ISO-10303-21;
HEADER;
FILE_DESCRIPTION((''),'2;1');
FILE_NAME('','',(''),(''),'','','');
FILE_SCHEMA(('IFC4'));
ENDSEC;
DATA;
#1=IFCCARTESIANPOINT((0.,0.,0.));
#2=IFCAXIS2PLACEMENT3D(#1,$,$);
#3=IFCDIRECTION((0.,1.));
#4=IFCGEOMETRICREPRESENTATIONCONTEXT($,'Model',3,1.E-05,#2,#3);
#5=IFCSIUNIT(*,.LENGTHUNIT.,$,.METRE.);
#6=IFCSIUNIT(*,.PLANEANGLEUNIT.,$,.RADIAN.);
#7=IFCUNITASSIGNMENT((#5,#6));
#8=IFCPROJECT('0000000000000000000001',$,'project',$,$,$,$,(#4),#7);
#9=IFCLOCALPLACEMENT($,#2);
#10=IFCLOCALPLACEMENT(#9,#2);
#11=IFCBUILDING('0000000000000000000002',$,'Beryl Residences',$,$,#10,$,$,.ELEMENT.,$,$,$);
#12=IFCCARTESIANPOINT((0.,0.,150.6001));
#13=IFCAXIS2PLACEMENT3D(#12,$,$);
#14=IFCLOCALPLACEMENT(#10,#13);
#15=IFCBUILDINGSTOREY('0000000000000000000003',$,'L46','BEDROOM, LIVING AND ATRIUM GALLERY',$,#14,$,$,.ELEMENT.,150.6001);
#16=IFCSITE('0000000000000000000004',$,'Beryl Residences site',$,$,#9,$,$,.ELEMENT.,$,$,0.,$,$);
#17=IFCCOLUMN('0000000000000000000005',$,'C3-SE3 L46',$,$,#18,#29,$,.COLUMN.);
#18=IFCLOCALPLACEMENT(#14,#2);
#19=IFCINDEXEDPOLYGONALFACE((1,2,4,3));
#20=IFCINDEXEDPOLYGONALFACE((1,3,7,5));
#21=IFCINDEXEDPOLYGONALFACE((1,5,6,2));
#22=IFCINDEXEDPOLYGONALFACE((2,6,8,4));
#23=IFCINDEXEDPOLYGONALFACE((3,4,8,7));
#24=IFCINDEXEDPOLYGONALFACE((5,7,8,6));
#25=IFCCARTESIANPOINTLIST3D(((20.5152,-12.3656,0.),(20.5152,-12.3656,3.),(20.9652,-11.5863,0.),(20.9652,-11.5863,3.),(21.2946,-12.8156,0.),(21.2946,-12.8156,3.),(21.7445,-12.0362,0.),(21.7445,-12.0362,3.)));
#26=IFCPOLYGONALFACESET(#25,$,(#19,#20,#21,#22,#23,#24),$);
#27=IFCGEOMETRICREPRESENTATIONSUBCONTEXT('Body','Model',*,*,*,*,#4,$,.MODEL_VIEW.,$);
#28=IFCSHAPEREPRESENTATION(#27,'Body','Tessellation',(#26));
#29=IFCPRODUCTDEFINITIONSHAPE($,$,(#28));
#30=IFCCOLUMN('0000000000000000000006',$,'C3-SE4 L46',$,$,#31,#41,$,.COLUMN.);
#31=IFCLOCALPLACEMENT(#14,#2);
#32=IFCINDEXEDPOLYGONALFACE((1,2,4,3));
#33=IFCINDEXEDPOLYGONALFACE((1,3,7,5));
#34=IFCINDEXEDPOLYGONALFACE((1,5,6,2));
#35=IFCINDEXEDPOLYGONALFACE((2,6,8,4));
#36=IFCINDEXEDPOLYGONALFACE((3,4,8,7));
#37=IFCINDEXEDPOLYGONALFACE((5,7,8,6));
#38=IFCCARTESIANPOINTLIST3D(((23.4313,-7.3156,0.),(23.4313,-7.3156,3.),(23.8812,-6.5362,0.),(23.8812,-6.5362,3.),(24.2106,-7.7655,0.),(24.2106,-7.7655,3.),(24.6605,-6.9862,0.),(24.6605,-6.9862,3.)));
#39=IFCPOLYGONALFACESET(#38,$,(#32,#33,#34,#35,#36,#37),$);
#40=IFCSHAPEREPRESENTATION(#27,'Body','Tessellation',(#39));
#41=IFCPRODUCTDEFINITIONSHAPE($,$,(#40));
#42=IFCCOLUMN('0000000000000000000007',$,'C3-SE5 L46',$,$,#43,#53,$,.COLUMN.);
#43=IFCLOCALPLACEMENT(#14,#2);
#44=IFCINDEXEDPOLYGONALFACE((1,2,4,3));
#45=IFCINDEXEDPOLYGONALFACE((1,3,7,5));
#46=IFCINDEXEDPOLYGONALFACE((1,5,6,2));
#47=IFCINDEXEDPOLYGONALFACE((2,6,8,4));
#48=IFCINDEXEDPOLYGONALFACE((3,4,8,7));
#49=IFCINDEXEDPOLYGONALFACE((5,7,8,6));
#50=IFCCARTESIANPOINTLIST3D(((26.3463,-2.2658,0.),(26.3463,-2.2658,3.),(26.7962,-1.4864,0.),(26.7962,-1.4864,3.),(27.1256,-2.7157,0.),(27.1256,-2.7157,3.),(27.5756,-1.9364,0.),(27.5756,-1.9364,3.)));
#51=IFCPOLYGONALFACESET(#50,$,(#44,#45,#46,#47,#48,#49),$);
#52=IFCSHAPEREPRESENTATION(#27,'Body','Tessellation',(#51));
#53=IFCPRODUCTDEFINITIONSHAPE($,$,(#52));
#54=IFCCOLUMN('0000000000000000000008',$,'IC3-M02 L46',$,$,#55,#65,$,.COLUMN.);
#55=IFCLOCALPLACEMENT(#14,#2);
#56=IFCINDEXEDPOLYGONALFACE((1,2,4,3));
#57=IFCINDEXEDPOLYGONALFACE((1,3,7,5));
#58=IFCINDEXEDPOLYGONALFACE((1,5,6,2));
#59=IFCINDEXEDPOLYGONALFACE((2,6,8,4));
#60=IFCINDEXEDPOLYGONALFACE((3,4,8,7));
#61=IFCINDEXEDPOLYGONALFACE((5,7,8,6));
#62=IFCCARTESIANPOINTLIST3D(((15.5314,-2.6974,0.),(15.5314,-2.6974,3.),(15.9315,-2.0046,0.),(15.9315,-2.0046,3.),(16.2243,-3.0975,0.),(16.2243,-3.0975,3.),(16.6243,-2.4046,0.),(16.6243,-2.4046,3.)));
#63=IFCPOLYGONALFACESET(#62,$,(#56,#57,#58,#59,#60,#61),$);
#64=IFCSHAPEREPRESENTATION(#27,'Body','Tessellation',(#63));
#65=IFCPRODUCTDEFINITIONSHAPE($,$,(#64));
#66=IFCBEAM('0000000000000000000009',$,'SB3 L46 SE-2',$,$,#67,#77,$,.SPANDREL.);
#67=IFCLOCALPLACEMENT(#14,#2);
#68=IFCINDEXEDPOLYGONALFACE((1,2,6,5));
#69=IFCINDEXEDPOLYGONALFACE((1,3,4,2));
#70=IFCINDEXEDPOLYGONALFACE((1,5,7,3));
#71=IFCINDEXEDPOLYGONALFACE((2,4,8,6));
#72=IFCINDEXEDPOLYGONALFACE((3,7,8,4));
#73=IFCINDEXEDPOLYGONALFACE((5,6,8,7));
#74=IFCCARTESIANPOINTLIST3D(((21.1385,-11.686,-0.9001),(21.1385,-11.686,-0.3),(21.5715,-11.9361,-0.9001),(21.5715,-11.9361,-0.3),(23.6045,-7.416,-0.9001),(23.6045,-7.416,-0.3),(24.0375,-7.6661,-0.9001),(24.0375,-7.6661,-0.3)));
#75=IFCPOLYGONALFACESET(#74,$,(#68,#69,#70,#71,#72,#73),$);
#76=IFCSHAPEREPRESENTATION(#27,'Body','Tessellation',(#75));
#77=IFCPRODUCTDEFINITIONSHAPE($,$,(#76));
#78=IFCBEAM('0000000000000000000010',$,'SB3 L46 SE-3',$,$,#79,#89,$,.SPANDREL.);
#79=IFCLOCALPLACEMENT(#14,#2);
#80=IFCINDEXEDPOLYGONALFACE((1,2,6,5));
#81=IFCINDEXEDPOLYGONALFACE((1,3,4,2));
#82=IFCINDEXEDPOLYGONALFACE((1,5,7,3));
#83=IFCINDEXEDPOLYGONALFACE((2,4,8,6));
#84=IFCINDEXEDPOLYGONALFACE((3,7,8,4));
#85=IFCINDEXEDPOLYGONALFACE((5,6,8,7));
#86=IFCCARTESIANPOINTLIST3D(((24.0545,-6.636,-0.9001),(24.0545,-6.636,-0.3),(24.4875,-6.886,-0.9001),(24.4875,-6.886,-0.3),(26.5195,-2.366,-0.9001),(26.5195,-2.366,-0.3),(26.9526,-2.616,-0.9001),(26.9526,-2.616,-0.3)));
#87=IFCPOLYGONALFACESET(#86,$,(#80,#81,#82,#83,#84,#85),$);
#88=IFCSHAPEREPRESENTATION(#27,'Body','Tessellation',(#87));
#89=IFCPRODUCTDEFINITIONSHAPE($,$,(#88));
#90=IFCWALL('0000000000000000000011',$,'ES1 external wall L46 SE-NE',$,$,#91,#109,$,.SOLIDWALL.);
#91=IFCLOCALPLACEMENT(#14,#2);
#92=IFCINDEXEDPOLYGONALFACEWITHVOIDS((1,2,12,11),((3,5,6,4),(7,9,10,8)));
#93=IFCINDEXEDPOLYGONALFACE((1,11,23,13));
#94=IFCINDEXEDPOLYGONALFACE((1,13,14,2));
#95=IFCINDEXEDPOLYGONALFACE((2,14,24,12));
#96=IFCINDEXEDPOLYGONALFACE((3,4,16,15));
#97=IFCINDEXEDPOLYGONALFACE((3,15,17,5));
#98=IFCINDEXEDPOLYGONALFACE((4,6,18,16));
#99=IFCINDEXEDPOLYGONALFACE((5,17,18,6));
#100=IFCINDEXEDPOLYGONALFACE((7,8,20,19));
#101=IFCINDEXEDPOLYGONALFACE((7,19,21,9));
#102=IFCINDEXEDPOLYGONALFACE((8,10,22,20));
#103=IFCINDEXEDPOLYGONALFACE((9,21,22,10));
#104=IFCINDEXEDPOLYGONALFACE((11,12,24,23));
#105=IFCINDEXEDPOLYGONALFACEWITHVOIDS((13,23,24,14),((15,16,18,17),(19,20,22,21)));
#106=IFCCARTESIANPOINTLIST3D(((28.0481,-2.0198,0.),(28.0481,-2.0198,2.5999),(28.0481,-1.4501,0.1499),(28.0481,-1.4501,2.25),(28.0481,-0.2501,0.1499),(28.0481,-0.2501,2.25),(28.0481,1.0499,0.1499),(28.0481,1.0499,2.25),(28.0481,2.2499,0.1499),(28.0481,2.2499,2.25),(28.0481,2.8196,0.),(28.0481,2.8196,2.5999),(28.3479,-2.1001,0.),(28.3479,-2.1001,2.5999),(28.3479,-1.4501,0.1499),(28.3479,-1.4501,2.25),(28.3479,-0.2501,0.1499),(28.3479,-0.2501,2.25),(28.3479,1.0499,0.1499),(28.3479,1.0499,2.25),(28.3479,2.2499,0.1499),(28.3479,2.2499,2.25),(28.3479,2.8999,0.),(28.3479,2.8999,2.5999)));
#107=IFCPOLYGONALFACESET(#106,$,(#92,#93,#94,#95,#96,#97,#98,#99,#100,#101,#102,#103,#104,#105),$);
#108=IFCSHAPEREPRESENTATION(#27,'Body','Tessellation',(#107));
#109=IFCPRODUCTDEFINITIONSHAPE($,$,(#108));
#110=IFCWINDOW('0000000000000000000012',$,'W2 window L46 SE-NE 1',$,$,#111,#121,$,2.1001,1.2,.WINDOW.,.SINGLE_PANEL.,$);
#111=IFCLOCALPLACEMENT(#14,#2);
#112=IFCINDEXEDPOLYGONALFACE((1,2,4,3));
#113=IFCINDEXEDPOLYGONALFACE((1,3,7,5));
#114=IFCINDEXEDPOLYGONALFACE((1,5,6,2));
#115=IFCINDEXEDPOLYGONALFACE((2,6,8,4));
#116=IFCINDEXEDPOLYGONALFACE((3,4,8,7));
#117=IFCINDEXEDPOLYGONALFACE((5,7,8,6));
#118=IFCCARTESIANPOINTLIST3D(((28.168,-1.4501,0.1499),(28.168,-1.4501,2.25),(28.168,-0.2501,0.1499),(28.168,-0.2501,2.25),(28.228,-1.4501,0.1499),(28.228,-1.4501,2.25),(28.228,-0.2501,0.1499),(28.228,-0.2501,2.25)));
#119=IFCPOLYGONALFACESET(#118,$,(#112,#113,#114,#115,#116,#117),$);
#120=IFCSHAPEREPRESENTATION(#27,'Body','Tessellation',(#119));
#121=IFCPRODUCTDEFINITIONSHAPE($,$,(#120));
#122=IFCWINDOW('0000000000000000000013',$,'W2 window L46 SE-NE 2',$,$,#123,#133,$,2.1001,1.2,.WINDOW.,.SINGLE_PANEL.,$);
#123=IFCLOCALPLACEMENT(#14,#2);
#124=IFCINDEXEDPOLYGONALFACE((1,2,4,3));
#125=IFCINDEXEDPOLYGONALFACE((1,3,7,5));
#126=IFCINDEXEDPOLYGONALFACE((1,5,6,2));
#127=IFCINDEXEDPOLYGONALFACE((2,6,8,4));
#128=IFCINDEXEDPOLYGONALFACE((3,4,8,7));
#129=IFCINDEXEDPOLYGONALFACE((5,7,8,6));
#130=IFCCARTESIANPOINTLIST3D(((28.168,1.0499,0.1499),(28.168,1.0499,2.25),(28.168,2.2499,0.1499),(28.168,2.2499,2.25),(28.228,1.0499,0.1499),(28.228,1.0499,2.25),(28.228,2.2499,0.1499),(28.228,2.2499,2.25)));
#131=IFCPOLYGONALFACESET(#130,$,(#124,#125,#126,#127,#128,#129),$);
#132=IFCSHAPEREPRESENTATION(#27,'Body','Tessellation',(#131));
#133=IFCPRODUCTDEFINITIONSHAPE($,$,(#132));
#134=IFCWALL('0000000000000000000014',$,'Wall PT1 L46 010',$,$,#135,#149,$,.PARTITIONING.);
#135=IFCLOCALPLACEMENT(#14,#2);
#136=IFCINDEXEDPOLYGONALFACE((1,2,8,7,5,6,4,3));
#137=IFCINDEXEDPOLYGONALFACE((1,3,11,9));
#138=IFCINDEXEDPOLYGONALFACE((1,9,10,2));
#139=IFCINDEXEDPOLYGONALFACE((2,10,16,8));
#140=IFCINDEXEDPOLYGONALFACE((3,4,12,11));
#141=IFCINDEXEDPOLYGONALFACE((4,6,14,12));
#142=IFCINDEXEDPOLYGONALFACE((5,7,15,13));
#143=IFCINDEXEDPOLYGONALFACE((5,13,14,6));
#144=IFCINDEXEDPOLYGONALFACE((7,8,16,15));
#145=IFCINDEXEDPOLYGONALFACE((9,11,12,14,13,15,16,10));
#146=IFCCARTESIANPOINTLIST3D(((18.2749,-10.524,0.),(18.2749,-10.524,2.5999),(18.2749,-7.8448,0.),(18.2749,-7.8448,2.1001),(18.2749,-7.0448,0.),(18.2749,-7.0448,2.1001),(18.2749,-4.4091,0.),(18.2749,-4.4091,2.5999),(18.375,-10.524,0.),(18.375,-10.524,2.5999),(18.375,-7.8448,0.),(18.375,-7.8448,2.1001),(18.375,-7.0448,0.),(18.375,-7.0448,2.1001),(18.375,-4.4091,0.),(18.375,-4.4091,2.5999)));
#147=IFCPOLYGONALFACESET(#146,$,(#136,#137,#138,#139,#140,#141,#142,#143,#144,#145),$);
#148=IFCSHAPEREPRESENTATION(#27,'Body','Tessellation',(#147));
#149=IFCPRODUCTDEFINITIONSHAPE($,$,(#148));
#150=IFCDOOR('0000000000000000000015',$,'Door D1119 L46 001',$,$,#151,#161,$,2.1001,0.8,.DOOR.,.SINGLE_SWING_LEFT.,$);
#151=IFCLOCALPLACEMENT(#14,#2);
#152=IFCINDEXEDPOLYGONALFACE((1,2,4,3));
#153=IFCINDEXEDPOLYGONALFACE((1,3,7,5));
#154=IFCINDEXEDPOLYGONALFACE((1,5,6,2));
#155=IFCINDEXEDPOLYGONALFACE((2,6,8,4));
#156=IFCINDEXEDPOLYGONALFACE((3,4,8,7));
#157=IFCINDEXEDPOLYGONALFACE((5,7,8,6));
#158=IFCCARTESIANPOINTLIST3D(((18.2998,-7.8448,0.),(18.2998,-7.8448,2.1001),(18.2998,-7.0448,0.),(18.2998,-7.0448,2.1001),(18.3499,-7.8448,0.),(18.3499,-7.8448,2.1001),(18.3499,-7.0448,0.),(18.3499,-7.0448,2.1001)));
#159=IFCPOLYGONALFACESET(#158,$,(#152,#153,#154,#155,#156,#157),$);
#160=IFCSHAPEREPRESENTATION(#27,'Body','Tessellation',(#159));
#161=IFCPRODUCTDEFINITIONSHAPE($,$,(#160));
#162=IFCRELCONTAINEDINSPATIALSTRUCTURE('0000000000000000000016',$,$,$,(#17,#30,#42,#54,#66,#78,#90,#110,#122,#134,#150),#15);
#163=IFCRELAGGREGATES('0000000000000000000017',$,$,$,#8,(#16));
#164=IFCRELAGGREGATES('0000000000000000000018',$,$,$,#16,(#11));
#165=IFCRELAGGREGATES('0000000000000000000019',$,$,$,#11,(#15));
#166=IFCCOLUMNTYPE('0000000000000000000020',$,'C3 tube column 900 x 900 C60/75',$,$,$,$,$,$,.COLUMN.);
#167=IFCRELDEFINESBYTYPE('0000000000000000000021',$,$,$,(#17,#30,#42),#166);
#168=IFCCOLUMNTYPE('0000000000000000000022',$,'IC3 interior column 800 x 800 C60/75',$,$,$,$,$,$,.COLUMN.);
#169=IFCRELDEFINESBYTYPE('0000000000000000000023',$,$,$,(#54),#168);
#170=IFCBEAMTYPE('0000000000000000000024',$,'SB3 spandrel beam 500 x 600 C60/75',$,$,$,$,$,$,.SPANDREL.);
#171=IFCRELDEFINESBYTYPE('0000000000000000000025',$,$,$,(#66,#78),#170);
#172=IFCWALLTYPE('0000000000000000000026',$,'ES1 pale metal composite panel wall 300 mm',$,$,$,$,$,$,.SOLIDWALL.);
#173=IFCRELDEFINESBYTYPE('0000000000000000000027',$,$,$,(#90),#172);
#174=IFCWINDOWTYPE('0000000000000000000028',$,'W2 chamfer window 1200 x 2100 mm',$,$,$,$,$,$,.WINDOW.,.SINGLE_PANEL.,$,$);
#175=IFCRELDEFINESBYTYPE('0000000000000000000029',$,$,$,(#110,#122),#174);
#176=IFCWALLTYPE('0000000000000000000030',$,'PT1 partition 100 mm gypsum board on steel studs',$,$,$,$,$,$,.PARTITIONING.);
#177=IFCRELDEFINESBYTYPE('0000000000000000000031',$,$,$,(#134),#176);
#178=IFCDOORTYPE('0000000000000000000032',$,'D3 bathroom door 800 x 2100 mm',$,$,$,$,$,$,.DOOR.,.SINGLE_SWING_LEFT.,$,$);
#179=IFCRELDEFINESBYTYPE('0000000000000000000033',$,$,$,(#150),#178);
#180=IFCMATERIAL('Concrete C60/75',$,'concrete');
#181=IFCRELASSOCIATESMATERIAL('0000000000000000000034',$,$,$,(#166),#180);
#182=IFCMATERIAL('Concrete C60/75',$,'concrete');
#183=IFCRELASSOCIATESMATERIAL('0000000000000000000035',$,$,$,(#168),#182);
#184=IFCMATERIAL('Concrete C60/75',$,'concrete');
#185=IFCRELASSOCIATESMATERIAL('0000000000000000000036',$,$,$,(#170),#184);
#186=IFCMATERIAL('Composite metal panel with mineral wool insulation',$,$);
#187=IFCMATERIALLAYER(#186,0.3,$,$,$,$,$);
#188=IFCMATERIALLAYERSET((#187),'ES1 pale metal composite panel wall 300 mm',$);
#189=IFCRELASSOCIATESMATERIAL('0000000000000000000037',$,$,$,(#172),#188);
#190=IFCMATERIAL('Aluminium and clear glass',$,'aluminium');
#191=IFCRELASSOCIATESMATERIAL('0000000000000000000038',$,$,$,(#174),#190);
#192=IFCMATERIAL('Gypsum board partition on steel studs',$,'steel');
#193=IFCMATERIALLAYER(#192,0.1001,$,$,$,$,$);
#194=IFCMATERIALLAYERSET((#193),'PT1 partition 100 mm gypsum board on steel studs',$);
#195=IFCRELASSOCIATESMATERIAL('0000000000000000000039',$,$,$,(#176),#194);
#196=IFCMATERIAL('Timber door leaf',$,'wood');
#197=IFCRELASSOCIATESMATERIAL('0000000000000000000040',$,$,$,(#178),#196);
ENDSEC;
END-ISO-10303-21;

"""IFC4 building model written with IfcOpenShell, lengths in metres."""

from ifc_helpers import new_model, si_unit, direction, frame, frame_2d, origin, origin_2d, place, context, subcontext, project, spatial, polyline, rectangle, outline, extrude, material, layer, layer_set, material_profile, profile_set, type_object, element, fill, save


model = new_model("IFC4")

# Units and contexts
model_context = context("Model", 3, precision=1e-05, world=origin(), true_north=direction((0.0, 1.0)))
body_context = subcontext(model_context, "Body", "Model", "MODEL_VIEW")
ifc_project = project(units=[si_unit("LENGTHUNIT", "METRE"), si_unit("PLANEANGLEUNIT", "RADIAN")], contexts=[model_context])

# Site, building, storey
site_placement = place(None, origin())
site = spatial("IfcSite", under=ifc_project, at=site_placement, Name="Beryl Residences site", CompositionType="ELEMENT", RefElevation=0.0)
building_placement = place(site_placement, origin())
building = spatial("IfcBuilding", under=site, at=building_placement, Name="Beryl Residences", CompositionType="ELEMENT")
storey_placement = place(building_placement, frame((0.0, 0.0, 150.6001)))
storey = spatial("IfcBuildingStorey", under=building, at=storey_placement, Name="L46", Description="BEDROOM, LIVING AND ATRIUM GALLERY", CompositionType="ELEMENT", Elevation=150.6001)

# Columns
ifc_material_1 = material(Name="Concrete C60/75", Category="concrete")
ifc_material_profile_1 = material_profile(ifc_material_1, rectangle(XDim=0.8999, YDim=0.8999, at=origin_2d()))
ifc_profile_set_1 = profile_set([ifc_material_profile_1], Name="Concrete C60/75")
column_type_1 = type_object("IfcColumnType", Name="C3 tube column 900 x 900 C60/75", PredefinedType="COLUMN", material=ifc_profile_set_1)
for number, where, z_axis, x_axis, name in (
    (1, (21.1299, -12.2009, 0.0), (0.0, 0.0, 1.0), (0.5, 0.866025, 0.0), "C3-SE3 L46"),
    (2, (24.0459, -7.1509, 0.0), (0.0, 0.0, 1.0), (0.5, 0.866025, 0.0), "C3-SE4 L46"),
    (3, (26.9609, -2.1011, 0.0), (0.0, 0.0, 1.0), (0.5, 0.866025, 0.0), "C3-SE5 L46"),
):
    element("IfcColumn", number, at=place(storey_placement, frame(where, z_axis=z_axis, x_axis=x_axis)), inside=storey, type_object=column_type_1, Name=name, PredefinedType="COLUMN", context=body_context, shape_type="SweptSolid", body=[
        extrude(rectangle(XDim=0.8999, YDim=0.8999, at=origin_2d()), origin(), (0.0, 0.0, 1.0), 3.0),
    ])
ifc_material_2 = material(Name="Concrete C60/75", Category="concrete")
ifc_material_profile_2 = material_profile(ifc_material_2, rectangle(XDim=0.8, YDim=0.8, at=origin_2d()))
ifc_profile_set_2 = profile_set([ifc_material_profile_2], Name="Concrete C60/75")
column_type_2 = type_object("IfcColumnType", Name="IC3 interior column 800 x 800 C60/75", PredefinedType="COLUMN", material=ifc_profile_set_2)
column_placement = place(storey_placement, frame((16.0779, -2.551, 0.0), z_axis=(0.0, 0.0, 1.0), x_axis=(0.5, 0.866025, 0.0)))
element("IfcColumn", 4, at=column_placement, inside=storey, type_object=column_type_2, Name="IC3-M02 L46", PredefinedType="COLUMN", context=body_context, shape_type="SweptSolid", body=[
    extrude(rectangle(XDim=0.8, YDim=0.8, at=origin_2d()), origin(), (0.0, 0.0, 1.0), 3.0),
])

# Beams
ifc_material_3 = material(Name="Concrete C60/75", Category="concrete")
ifc_material_profile_3 = material_profile(ifc_material_3, rectangle(XDim=0.5, YDim=0.6001, at=origin_2d()))
ifc_profile_set_3 = profile_set([ifc_material_profile_3], Name="Concrete C60/75")
beam_type = type_object("IfcBeamType", Name="SB3 spandrel beam 500 x 600 C60/75", PredefinedType="SPANDREL", material=ifc_profile_set_3)
beam_1_placement = place(storey_placement, frame((21.355, -11.811, -0.6001), z_axis=(0.500117, 0.865958, 0.0), x_axis=(-0.865958, 0.500117, 0.0)))
element("IfcBeam", 5, at=beam_1_placement, inside=storey, type_object=beam_type, Name="SB3 L46 SE-2", PredefinedType="SPANDREL", context=body_context, shape_type="SweptSolid", body=[
    extrude(rectangle(XDim=0.5, YDim=0.6001, at=origin_2d()), origin(), (0.0, 0.0, 1.0), 4.9309),
])
beam_2_placement = place(storey_placement, frame((24.271, -6.761, -0.6001), z_axis=(0.499968, 0.866044, 0.0), x_axis=(-0.866044, 0.499968, 0.0)))
element("IfcBeam", 6, at=beam_2_placement, inside=storey, type_object=beam_type, Name="SB3 L46 SE-3", PredefinedType="SPANDREL", context=body_context, shape_type="SweptSolid", body=[
    extrude(rectangle(XDim=0.5, YDim=0.6001, at=origin_2d()), origin(), (0.0, 0.0, 1.0), 4.9304),
])

# Wall, openings, windows
ifc_material_4 = material(Name="Composite metal panel with mineral wool insulation")
ifc_layer_1 = layer(ifc_material_4, 0.3)
ifc_layer_set_1 = layer_set([ifc_layer_1], Name="ES1 pale metal composite panel wall 300 mm")
wall_type_1 = type_object("IfcWallType", Name="ES1 pale metal composite panel wall 300 mm", PredefinedType="SOLIDWALL", material=ifc_layer_set_1)
wall_1_placement = place(storey_placement, frame((28.198, -2.1001, 0.0), z_axis=(0.0, 0.0, 1.0), x_axis=(0.0, 1.0, 0.0)))
wall_1 = element("IfcWall", 7, at=wall_1_placement, inside=storey, type_object=wall_type_1, Name="ES1 external wall L46 SE-NE", PredefinedType="SOLIDWALL", context=body_context, shape_type="SweptSolid", body=[
    extrude(outline(polyline([(0.0, -0.1499), (5.0, -0.1499), (4.9197, 0.1499), (0.0803, 0.1499), (0.0, -0.1499)])), origin(), (0.0, 0.0, 1.0), 2.5999),
])
opening_1_placement = place(wall_1_placement, frame((0.6499, 0.0, 0.1499)))
opening_1 = element("IfcOpeningElement", 8, at=opening_1_placement, cuts=wall_1, PredefinedType="OPENING", context=body_context, shape_type="SweptSolid", body=[
    extrude(rectangle(XDim=1.2, YDim=2.1001, at=frame_2d((0.6001, 1.05))), frame((0.0, 0.1599, 0.0), z_axis=(0.0, -1.0, 0.0), x_axis=(1.0, 0.0, 0.0)), (0.0, 0.0, 1.0), 0.3201),
])
opening_2_placement = place(wall_1_placement, frame((3.1499, 0.0, 0.1499)))
opening_2 = element("IfcOpeningElement", 9, at=opening_2_placement, cuts=wall_1, PredefinedType="OPENING", context=body_context, shape_type="SweptSolid", body=[
    extrude(rectangle(XDim=1.2, YDim=2.1001, at=frame_2d((0.6001, 1.05))), frame((0.0, 0.1599, 0.0), z_axis=(0.0, -1.0, 0.0), x_axis=(1.0, 0.0, 0.0)), (0.0, 0.0, 1.0), 0.3201),
])
ifc_material_5 = material(Name="Aluminium and clear glass", Category="aluminium")
window_type = type_object("IfcWindowType", Name="W2 chamfer window 1200 x 2100 mm", PartitioningType="SINGLE_PANEL", PredefinedType="WINDOW", material=ifc_material_5)
window_1_placement = place(opening_1_placement, origin())
window_1 = element("IfcWindow", 10, at=window_1_placement, inside=storey, type_object=window_type, Name="W2 window L46 SE-NE 1", OverallHeight=2.1001, OverallWidth=1.2, PartitioningType="SINGLE_PANEL", PredefinedType="WINDOW", context=body_context, shape_type="SweptSolid", body=[
    extrude(rectangle(XDim=1.2, YDim=2.1001, at=frame_2d((0.6001, 1.05))), frame((0.0, 0.03, 0.0), z_axis=(0.0, -1.0, 0.0), x_axis=(1.0, 0.0, 0.0)), (0.0, 0.0, 1.0), 0.0601),
])
fill(opening_1, window_1)
window_2_placement = place(opening_2_placement, origin())
window_2 = element("IfcWindow", 11, at=window_2_placement, inside=storey, type_object=window_type, Name="W2 window L46 SE-NE 2", OverallHeight=2.1001, OverallWidth=1.2, PartitioningType="SINGLE_PANEL", PredefinedType="WINDOW", context=body_context, shape_type="SweptSolid", body=[
    extrude(rectangle(XDim=1.2, YDim=2.1001, at=frame_2d((0.6001, 1.05))), frame((0.0, 0.03, 0.0), z_axis=(0.0, -1.0, 0.0), x_axis=(1.0, 0.0, 0.0)), (0.0, 0.0, 1.0), 0.0601),
])
fill(opening_2, window_2)

# Wall, opening, door
ifc_material_6 = material(Name="Gypsum board partition on steel studs", Category="steel")
ifc_layer_2 = layer(ifc_material_6, 0.1001)
ifc_layer_set_2 = layer_set([ifc_layer_2], Name="PT1 partition 100 mm gypsum board on steel studs")
wall_type_2 = type_object("IfcWallType", Name="PT1 partition 100 mm gypsum board on steel studs", PredefinedType="PARTITIONING", material=ifc_layer_set_2)
wall_2_placement = place(storey_placement, frame((18.325, -4.4089, 0.0), z_axis=(0.0, 0.0, 1.0), x_axis=(0.0, -1.0, 0.0)))
wall_2 = element("IfcWall", 12, at=wall_2_placement, inside=storey, type_object=wall_type_2, Name="Wall PT1 L46 010", PredefinedType="PARTITIONING", context=body_context, shape_type="SweptSolid", body=[
    extrude(rectangle(XDim=6.115, YDim=0.1001, at=frame_2d((3.0576, 0.0))), origin(), (0.0, 0.0, 1.0), 2.5999),
])
opening_3_placement = place(wall_2_placement, frame((2.636, 0.0, 0.0)))
opening_3 = element("IfcOpeningElement", 13, at=opening_3_placement, cuts=wall_2, PredefinedType="OPENING", context=body_context, shape_type="SweptSolid", body=[
    extrude(rectangle(XDim=0.8, YDim=2.1001, at=frame_2d((0.3999, 1.05))), frame((0.0, 0.0601, 0.0), z_axis=(0.0, -1.0, 0.0), x_axis=(1.0, 0.0, 0.0)), (0.0, 0.0, 1.0), 0.1201),
])
ifc_material_7 = material(Name="Timber door leaf", Category="wood")
door_type_1 = type_object("IfcDoorType", Name="D3 bathroom door 800 x 2100 mm", OperationType="SINGLE_SWING_LEFT", PredefinedType="DOOR", material=ifc_material_7)
door_1_placement = place(opening_3_placement, origin())
door_1 = element("IfcDoor", 14, at=door_1_placement, inside=storey, type_object=door_type_1, Name="Door D1119 L46 001", OperationType="SINGLE_SWING_LEFT", OverallHeight=2.1001, OverallWidth=0.8, PredefinedType="DOOR", context=body_context, shape_type="SweptSolid", body=[
    extrude(rectangle(XDim=0.8, YDim=2.1001, at=frame_2d((0.3999, 1.05))), frame((0.0, 0.0249, 0.0), z_axis=(0.0, -1.0, 0.0), x_axis=(1.0, 0.0, 0.0)), (0.0, 0.0, 1.0), 0.05),
])
fill(opening_3, door_1)

save(model, "model.ifc")
